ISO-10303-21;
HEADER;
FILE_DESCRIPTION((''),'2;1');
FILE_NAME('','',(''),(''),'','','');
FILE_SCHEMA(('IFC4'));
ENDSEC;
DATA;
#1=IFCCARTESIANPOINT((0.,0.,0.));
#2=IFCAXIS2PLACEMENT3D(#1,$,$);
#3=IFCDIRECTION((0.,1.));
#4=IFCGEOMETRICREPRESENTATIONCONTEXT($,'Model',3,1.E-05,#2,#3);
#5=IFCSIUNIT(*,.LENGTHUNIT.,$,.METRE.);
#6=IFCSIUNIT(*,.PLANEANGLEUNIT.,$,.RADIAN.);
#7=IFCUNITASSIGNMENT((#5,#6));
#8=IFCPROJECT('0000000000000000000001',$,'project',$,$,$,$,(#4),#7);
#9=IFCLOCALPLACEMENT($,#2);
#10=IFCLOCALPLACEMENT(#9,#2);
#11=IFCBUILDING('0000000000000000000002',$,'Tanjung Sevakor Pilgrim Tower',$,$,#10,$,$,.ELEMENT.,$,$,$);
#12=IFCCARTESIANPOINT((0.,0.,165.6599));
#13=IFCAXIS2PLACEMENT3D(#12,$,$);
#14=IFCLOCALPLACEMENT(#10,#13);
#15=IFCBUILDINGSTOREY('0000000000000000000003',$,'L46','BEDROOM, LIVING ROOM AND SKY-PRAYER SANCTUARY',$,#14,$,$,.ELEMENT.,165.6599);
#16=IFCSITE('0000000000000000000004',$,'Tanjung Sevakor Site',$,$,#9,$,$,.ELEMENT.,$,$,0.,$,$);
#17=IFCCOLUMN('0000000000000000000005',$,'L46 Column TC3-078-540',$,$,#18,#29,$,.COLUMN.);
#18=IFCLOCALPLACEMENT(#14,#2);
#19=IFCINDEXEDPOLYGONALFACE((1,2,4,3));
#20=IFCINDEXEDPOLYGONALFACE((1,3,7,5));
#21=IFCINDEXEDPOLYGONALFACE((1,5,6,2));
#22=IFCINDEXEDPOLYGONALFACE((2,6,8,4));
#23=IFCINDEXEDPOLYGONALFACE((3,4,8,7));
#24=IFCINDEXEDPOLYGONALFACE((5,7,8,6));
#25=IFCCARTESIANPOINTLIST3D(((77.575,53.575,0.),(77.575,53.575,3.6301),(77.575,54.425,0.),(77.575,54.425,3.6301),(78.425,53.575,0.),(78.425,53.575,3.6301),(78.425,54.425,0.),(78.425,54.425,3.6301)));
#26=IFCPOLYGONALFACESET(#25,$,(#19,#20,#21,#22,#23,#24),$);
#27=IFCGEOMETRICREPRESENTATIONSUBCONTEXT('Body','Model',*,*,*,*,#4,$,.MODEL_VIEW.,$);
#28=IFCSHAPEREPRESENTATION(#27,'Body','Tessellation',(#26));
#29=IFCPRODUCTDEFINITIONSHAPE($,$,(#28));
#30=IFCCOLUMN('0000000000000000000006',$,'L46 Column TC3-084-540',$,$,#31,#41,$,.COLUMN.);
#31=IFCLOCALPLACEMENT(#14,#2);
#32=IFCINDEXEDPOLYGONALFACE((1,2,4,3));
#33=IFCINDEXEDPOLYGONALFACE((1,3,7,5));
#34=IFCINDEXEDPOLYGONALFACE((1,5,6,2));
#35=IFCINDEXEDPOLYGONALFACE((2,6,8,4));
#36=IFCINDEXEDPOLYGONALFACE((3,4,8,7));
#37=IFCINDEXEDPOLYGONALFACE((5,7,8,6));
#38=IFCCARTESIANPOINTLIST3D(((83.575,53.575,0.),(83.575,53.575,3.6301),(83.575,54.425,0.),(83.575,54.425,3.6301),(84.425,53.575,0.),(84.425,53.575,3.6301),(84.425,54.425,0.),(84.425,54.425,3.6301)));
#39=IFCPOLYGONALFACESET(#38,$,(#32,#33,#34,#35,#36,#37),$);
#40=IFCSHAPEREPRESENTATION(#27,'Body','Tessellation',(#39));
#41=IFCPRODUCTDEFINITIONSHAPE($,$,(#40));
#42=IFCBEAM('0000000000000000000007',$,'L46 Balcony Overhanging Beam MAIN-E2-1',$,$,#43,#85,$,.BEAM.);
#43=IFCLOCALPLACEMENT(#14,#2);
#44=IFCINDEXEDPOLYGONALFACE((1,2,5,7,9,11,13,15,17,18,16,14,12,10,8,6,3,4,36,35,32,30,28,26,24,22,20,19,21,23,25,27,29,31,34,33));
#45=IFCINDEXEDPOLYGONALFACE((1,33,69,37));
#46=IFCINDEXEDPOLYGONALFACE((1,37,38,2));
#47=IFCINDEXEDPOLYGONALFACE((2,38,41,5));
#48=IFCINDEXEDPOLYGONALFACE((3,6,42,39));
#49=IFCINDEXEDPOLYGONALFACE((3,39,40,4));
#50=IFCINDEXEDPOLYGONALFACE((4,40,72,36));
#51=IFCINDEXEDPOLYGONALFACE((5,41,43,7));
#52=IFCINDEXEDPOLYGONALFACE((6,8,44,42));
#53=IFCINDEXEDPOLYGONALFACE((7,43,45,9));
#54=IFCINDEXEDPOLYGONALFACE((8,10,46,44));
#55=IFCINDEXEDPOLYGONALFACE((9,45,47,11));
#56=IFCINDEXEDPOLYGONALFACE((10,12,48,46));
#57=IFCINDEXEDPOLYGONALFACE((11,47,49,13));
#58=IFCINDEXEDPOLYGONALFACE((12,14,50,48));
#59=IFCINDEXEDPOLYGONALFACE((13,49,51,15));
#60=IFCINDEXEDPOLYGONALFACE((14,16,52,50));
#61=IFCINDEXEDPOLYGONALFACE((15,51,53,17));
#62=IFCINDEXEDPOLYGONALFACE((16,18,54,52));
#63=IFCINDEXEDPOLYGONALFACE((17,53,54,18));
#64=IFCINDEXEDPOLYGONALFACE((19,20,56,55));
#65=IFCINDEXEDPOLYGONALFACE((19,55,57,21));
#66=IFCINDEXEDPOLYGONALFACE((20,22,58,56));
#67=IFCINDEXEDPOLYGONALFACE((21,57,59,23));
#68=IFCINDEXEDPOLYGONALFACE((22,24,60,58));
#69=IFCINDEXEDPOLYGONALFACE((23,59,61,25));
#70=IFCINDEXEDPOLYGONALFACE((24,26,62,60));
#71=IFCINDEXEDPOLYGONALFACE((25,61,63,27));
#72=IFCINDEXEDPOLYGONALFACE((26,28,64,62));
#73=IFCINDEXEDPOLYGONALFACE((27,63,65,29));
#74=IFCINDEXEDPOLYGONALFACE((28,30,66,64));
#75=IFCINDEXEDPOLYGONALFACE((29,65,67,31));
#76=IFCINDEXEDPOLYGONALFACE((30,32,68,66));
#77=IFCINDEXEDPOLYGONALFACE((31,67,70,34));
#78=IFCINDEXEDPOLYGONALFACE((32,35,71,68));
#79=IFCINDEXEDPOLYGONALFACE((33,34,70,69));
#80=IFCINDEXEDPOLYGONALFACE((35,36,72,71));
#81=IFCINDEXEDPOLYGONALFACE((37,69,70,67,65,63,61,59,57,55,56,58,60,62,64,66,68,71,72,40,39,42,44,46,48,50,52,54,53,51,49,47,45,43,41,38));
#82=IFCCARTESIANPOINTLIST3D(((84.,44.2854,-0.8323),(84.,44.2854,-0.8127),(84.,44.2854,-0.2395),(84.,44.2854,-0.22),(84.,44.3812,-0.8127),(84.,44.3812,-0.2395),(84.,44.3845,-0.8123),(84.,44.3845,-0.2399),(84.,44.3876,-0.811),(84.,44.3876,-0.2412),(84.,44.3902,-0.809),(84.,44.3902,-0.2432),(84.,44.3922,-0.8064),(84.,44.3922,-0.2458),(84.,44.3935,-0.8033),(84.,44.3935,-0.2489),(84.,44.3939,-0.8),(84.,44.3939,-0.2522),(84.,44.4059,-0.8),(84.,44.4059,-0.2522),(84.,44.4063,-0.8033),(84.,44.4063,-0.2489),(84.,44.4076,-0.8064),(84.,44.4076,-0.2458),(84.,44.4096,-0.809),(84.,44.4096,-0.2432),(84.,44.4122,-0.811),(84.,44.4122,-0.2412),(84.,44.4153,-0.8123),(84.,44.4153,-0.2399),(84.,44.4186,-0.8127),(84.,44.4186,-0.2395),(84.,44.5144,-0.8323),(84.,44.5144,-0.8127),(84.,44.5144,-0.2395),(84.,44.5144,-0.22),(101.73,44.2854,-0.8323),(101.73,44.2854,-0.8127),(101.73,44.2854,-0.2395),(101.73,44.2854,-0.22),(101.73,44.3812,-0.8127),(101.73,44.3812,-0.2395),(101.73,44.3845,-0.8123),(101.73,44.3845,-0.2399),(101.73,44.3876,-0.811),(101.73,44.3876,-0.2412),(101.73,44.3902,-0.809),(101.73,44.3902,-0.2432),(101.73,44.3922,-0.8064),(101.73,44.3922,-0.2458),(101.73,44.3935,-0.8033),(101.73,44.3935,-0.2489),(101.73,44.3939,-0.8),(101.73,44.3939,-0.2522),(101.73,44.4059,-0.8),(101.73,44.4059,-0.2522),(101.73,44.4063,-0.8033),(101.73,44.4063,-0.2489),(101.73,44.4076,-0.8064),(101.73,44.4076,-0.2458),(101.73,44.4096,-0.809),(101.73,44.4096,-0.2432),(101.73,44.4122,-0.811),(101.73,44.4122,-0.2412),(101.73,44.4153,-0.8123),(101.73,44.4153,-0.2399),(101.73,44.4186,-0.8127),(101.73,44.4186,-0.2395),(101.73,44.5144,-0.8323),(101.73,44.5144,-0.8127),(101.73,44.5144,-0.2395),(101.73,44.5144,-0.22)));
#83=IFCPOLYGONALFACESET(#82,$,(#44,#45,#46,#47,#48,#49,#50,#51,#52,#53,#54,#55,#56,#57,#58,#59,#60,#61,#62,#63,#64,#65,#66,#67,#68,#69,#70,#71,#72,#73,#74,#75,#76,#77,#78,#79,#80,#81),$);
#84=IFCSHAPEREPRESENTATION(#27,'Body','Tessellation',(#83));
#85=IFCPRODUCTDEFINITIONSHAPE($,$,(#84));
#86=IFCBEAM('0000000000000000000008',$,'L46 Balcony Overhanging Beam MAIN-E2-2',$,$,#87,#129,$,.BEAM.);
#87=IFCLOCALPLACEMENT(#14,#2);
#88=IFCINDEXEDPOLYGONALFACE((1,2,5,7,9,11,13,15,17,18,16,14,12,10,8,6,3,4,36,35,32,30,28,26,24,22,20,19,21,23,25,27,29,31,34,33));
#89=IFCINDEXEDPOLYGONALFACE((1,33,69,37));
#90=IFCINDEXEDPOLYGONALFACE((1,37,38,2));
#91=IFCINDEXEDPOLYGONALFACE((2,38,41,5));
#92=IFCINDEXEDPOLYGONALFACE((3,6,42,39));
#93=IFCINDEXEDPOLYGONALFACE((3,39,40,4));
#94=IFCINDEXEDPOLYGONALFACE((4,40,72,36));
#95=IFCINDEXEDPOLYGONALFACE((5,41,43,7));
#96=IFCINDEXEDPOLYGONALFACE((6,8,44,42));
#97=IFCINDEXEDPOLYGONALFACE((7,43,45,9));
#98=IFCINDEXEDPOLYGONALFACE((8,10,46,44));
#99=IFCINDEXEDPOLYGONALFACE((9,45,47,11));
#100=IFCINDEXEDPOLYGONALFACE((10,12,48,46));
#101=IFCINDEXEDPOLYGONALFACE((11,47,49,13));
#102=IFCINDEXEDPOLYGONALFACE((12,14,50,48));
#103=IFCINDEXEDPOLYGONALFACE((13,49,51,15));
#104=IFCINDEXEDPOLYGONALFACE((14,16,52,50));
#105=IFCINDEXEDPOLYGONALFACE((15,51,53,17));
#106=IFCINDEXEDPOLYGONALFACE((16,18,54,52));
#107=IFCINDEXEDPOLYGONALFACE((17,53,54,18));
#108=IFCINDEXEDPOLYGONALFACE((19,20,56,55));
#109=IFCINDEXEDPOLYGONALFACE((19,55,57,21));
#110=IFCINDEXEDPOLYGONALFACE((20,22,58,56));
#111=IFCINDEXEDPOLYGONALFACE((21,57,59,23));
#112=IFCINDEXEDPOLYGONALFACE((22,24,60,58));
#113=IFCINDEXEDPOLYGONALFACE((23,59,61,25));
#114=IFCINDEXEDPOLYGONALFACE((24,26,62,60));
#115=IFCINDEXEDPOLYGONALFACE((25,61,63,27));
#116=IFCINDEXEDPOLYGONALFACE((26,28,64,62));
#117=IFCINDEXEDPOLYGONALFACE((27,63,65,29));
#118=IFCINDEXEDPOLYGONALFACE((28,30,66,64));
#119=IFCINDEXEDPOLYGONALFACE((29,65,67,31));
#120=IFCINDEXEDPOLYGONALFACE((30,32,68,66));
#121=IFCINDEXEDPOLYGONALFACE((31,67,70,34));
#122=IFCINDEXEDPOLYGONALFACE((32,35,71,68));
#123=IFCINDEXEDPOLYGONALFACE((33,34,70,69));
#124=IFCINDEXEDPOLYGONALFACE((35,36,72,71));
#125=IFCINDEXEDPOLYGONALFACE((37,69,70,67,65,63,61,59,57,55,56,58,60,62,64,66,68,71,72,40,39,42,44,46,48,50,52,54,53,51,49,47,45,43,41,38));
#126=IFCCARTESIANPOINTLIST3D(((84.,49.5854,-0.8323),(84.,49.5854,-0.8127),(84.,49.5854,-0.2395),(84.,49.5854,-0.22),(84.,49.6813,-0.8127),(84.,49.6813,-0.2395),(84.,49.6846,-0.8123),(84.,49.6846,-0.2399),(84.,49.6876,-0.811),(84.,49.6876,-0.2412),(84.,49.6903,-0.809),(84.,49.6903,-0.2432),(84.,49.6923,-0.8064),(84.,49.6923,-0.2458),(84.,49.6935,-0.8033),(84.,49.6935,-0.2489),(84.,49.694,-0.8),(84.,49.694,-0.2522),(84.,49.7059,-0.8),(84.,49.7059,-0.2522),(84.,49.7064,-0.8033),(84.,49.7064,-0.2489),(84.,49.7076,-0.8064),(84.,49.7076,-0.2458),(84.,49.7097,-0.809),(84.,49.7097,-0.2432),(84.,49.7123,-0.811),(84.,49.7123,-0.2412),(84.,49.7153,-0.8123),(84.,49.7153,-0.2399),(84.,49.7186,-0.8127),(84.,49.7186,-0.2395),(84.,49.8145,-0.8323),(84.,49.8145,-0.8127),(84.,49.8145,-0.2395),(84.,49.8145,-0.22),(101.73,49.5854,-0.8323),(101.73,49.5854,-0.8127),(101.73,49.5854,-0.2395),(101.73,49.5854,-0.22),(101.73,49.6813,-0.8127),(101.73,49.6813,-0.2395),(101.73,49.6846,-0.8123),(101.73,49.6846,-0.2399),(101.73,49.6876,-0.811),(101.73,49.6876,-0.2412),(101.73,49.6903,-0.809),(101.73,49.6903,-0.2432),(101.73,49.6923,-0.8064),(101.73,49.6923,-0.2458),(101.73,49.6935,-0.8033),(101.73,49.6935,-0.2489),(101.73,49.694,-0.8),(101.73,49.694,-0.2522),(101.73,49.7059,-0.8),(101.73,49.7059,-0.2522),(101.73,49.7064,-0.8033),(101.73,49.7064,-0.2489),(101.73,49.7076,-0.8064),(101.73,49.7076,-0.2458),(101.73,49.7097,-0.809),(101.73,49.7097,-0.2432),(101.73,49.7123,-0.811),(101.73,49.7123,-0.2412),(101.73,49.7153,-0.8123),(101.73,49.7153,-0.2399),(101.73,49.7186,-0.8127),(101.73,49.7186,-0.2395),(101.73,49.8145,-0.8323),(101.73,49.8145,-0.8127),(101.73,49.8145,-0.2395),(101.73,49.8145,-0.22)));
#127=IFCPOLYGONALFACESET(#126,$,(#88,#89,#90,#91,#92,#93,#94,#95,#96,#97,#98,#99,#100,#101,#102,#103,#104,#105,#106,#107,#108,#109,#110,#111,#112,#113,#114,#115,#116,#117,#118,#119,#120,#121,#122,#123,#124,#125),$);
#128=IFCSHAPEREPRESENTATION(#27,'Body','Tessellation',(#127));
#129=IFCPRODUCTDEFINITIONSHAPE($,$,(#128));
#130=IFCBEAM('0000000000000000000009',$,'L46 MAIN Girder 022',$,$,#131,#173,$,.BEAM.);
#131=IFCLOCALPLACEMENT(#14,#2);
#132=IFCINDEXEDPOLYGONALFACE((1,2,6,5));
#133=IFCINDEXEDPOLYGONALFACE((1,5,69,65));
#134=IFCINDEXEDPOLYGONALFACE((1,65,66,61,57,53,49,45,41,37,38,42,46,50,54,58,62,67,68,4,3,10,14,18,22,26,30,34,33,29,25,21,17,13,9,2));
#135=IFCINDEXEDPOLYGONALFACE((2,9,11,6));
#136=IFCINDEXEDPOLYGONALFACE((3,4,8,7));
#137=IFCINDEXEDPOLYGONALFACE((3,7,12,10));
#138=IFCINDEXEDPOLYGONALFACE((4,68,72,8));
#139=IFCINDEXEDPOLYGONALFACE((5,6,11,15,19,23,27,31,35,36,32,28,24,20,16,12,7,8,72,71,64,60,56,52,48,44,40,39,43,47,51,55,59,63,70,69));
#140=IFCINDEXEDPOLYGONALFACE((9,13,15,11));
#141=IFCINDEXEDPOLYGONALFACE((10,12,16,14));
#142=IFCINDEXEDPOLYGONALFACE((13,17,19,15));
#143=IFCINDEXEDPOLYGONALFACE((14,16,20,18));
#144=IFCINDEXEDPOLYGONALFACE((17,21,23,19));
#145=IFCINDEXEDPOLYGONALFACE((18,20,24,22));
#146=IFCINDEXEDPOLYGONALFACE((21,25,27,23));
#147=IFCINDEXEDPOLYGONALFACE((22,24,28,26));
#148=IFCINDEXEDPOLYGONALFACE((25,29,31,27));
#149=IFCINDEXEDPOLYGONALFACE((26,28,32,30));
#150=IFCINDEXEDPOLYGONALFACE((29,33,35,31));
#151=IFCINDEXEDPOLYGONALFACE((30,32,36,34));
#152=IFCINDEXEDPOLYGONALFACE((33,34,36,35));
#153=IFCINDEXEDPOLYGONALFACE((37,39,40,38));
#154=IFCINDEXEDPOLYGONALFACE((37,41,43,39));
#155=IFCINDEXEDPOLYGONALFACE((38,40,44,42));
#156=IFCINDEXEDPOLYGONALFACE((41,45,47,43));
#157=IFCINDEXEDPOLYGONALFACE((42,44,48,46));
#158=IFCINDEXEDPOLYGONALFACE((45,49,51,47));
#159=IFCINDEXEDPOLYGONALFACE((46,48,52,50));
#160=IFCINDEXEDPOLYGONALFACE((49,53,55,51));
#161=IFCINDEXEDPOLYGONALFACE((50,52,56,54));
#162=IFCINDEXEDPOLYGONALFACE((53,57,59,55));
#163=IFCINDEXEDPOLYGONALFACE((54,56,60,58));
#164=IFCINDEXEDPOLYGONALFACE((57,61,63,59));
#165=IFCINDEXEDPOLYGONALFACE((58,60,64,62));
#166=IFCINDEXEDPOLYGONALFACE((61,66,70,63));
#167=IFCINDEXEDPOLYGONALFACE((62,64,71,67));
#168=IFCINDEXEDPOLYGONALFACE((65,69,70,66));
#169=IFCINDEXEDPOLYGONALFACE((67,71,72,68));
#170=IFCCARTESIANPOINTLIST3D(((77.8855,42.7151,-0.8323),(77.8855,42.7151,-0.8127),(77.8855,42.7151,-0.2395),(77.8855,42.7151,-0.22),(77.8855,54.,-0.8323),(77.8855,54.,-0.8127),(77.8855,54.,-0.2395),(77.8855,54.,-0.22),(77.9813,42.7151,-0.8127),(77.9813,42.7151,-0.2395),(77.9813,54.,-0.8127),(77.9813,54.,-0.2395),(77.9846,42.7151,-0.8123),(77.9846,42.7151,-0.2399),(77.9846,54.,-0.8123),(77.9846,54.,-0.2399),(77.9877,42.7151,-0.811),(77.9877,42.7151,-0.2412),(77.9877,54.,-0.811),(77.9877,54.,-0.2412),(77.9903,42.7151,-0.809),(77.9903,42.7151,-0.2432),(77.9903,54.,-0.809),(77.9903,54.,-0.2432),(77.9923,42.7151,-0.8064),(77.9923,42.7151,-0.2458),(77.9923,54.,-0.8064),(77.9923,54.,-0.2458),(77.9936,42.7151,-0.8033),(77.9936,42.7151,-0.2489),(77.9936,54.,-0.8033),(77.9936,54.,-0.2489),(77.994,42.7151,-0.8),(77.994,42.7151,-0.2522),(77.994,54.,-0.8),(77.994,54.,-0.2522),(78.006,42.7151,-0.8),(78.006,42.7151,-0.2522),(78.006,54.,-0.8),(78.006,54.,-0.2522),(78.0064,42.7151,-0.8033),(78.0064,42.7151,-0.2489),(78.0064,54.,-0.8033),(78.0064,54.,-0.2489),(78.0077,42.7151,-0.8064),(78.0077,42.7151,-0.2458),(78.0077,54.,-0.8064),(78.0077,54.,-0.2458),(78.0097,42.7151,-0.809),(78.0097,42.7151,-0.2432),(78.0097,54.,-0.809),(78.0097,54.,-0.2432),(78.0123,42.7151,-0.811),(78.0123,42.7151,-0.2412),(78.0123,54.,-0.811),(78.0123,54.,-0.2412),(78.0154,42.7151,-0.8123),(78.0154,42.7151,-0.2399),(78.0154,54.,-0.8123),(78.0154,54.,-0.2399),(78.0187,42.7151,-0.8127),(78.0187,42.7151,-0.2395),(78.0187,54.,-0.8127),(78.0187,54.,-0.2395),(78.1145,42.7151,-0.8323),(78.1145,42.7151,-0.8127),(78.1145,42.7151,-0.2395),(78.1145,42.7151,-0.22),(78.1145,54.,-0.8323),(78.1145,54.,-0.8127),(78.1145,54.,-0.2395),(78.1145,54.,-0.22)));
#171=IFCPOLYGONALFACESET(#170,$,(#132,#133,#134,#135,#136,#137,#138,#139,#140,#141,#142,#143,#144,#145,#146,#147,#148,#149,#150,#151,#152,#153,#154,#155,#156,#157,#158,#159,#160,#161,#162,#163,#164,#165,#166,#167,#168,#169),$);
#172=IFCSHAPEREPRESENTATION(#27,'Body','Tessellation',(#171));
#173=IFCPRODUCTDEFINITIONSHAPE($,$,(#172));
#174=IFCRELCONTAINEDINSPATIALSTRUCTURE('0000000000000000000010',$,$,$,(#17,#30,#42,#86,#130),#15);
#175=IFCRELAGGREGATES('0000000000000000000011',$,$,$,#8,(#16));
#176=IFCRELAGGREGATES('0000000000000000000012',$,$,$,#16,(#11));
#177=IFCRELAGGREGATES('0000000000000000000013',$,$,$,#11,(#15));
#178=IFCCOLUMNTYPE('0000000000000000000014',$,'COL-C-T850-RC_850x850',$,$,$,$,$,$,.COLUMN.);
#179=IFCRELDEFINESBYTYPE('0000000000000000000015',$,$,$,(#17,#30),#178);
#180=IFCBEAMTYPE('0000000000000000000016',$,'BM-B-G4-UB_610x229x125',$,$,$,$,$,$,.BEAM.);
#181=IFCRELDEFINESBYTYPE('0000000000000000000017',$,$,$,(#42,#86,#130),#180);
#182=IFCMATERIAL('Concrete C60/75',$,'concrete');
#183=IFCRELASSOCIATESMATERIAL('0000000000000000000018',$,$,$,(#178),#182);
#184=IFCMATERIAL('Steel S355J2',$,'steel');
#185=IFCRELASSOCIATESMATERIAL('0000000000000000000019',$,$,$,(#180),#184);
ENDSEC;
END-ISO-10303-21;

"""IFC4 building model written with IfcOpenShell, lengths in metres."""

from ifc_helpers import new_model, si_unit, direction, frame, origin, origin_2d, place, context, subcontext, project, spatial, rectangle, i_section, extrude, material, material_profile, profile_set, type_object, element, save


model = new_model("IFC4")

# Units and contexts
model_context = context("Model", 3, precision=1e-05, world=origin(), true_north=direction((0.0, 1.0)))
body_context = subcontext(model_context, "Body", "Model", "MODEL_VIEW")
ifc_project = project(units=[si_unit("LENGTHUNIT", "METRE"), si_unit("PLANEANGLEUNIT", "RADIAN")], contexts=[model_context])

# Site, building, storey
site_placement = place(None, origin())
site = spatial("IfcSite", under=ifc_project, at=site_placement, Name="Tanjung Sevakor Site", CompositionType="ELEMENT", RefElevation=0.0)
building_placement = place(site_placement, origin())
building = spatial("IfcBuilding", under=site, at=building_placement, Name="Tanjung Sevakor Pilgrim Tower", CompositionType="ELEMENT")
storey_placement = place(building_placement, frame((0.0, 0.0, 165.6599)))
storey = spatial("IfcBuildingStorey", under=building, at=storey_placement, Name="L46", Description="BEDROOM, LIVING ROOM AND SKY-PRAYER SANCTUARY", CompositionType="ELEMENT", Elevation=165.6599)

# Columns
ifc_material_1 = material(Name="Concrete C60/75", Category="concrete")
ifc_material_profile_1 = material_profile(ifc_material_1, rectangle(XDim=0.8501, YDim=0.8501, at=origin_2d()))
ifc_profile_set_1 = profile_set([ifc_material_profile_1], Name="Concrete C60/75")
column_type = type_object("IfcColumnType", Name="COL-C-T850-RC_850x850", PredefinedType="COLUMN", material=ifc_profile_set_1)
for number, where, z_axis, x_axis, name in (
    (1, (78.0, 54.0, 0.0), (0.0, 0.0, 1.0), (1.0, 0.0, 0.0), "L46 Column TC3-078-540"),
    (2, (84.0, 54.0, 0.0), (0.0, 0.0, 1.0), (1.0, 0.0, 0.0), "L46 Column TC3-084-540"),
):
    element("IfcColumn", number, at=place(storey_placement, frame(where, z_axis=z_axis, x_axis=x_axis)), inside=storey, type_object=column_type, Name=name, PredefinedType="COLUMN", context=body_context, shape_type="SweptSolid", body=[
        extrude(rectangle(XDim=0.8501, YDim=0.8501, at=origin_2d()), origin(), (0.0, 0.0, 1.0), 3.6301),
    ])

# Beams
ifc_material_2 = material(Name="Steel S355J2", Category="steel")
ifc_material_profile_2 = material_profile(ifc_material_2, i_section(OverallWidth=0.229, OverallDepth=0.6123, WebThickness=0.012, FlangeThickness=0.0195, FilletRadius=0.0127, at=origin_2d()))
ifc_profile_set_2 = profile_set([ifc_material_profile_2], Name="Steel S355J2")
beam_type_1 = type_object("IfcBeamType", Name="BM-B-G4-UB_610x229x125", PredefinedType="BEAM", material=ifc_profile_set_2)
for number, where, z_axis, x_axis, name in (
    (3, (84.0, 44.3999, -0.5261), (1.0, 0.0, 0.0), (0.0, 1.0, 0.0), "L46 Balcony Overhanging Beam MAIN-E2-1"),
    (4, (84.0, 49.7, -0.5261), (1.0, 0.0, 0.0), (0.0, 1.0, 0.0), "L46 Balcony Overhanging Beam MAIN-E2-2"),
):
    element("IfcBeam", number, at=place(storey_placement, frame(where, z_axis=z_axis, x_axis=x_axis)), inside=storey, type_object=beam_type_1, Name=name, PredefinedType="BEAM", context=body_context, shape_type="SweptSolid", body=[
        extrude(i_section(OverallWidth=0.229, OverallDepth=0.6123, WebThickness=0.012, FlangeThickness=0.0195, FilletRadius=0.0127, at=origin_2d()), origin(), (0.0, 0.0, 1.0), 17.73),
    ])
beam_1_placement = place(storey_placement, frame((78.0, 42.7151, -0.5261), z_axis=(0.0, 1.0, 0.0), x_axis=(-1.0, 0.0, 0.0)))
element("IfcBeam", 5, at=beam_1_placement, inside=storey, type_object=beam_type_1, Name="L46 MAIN Girder 022", PredefinedType="BEAM", context=body_context, shape_type="SweptSolid", body=[
    extrude(i_section(OverallWidth=0.229, OverallDepth=0.6123, WebThickness=0.012, FlangeThickness=0.0195, FilletRadius=0.0127, at=origin_2d()), origin(), (0.0, 0.0, 1.0), 11.2849),
])

save(model, "model.ifc")
